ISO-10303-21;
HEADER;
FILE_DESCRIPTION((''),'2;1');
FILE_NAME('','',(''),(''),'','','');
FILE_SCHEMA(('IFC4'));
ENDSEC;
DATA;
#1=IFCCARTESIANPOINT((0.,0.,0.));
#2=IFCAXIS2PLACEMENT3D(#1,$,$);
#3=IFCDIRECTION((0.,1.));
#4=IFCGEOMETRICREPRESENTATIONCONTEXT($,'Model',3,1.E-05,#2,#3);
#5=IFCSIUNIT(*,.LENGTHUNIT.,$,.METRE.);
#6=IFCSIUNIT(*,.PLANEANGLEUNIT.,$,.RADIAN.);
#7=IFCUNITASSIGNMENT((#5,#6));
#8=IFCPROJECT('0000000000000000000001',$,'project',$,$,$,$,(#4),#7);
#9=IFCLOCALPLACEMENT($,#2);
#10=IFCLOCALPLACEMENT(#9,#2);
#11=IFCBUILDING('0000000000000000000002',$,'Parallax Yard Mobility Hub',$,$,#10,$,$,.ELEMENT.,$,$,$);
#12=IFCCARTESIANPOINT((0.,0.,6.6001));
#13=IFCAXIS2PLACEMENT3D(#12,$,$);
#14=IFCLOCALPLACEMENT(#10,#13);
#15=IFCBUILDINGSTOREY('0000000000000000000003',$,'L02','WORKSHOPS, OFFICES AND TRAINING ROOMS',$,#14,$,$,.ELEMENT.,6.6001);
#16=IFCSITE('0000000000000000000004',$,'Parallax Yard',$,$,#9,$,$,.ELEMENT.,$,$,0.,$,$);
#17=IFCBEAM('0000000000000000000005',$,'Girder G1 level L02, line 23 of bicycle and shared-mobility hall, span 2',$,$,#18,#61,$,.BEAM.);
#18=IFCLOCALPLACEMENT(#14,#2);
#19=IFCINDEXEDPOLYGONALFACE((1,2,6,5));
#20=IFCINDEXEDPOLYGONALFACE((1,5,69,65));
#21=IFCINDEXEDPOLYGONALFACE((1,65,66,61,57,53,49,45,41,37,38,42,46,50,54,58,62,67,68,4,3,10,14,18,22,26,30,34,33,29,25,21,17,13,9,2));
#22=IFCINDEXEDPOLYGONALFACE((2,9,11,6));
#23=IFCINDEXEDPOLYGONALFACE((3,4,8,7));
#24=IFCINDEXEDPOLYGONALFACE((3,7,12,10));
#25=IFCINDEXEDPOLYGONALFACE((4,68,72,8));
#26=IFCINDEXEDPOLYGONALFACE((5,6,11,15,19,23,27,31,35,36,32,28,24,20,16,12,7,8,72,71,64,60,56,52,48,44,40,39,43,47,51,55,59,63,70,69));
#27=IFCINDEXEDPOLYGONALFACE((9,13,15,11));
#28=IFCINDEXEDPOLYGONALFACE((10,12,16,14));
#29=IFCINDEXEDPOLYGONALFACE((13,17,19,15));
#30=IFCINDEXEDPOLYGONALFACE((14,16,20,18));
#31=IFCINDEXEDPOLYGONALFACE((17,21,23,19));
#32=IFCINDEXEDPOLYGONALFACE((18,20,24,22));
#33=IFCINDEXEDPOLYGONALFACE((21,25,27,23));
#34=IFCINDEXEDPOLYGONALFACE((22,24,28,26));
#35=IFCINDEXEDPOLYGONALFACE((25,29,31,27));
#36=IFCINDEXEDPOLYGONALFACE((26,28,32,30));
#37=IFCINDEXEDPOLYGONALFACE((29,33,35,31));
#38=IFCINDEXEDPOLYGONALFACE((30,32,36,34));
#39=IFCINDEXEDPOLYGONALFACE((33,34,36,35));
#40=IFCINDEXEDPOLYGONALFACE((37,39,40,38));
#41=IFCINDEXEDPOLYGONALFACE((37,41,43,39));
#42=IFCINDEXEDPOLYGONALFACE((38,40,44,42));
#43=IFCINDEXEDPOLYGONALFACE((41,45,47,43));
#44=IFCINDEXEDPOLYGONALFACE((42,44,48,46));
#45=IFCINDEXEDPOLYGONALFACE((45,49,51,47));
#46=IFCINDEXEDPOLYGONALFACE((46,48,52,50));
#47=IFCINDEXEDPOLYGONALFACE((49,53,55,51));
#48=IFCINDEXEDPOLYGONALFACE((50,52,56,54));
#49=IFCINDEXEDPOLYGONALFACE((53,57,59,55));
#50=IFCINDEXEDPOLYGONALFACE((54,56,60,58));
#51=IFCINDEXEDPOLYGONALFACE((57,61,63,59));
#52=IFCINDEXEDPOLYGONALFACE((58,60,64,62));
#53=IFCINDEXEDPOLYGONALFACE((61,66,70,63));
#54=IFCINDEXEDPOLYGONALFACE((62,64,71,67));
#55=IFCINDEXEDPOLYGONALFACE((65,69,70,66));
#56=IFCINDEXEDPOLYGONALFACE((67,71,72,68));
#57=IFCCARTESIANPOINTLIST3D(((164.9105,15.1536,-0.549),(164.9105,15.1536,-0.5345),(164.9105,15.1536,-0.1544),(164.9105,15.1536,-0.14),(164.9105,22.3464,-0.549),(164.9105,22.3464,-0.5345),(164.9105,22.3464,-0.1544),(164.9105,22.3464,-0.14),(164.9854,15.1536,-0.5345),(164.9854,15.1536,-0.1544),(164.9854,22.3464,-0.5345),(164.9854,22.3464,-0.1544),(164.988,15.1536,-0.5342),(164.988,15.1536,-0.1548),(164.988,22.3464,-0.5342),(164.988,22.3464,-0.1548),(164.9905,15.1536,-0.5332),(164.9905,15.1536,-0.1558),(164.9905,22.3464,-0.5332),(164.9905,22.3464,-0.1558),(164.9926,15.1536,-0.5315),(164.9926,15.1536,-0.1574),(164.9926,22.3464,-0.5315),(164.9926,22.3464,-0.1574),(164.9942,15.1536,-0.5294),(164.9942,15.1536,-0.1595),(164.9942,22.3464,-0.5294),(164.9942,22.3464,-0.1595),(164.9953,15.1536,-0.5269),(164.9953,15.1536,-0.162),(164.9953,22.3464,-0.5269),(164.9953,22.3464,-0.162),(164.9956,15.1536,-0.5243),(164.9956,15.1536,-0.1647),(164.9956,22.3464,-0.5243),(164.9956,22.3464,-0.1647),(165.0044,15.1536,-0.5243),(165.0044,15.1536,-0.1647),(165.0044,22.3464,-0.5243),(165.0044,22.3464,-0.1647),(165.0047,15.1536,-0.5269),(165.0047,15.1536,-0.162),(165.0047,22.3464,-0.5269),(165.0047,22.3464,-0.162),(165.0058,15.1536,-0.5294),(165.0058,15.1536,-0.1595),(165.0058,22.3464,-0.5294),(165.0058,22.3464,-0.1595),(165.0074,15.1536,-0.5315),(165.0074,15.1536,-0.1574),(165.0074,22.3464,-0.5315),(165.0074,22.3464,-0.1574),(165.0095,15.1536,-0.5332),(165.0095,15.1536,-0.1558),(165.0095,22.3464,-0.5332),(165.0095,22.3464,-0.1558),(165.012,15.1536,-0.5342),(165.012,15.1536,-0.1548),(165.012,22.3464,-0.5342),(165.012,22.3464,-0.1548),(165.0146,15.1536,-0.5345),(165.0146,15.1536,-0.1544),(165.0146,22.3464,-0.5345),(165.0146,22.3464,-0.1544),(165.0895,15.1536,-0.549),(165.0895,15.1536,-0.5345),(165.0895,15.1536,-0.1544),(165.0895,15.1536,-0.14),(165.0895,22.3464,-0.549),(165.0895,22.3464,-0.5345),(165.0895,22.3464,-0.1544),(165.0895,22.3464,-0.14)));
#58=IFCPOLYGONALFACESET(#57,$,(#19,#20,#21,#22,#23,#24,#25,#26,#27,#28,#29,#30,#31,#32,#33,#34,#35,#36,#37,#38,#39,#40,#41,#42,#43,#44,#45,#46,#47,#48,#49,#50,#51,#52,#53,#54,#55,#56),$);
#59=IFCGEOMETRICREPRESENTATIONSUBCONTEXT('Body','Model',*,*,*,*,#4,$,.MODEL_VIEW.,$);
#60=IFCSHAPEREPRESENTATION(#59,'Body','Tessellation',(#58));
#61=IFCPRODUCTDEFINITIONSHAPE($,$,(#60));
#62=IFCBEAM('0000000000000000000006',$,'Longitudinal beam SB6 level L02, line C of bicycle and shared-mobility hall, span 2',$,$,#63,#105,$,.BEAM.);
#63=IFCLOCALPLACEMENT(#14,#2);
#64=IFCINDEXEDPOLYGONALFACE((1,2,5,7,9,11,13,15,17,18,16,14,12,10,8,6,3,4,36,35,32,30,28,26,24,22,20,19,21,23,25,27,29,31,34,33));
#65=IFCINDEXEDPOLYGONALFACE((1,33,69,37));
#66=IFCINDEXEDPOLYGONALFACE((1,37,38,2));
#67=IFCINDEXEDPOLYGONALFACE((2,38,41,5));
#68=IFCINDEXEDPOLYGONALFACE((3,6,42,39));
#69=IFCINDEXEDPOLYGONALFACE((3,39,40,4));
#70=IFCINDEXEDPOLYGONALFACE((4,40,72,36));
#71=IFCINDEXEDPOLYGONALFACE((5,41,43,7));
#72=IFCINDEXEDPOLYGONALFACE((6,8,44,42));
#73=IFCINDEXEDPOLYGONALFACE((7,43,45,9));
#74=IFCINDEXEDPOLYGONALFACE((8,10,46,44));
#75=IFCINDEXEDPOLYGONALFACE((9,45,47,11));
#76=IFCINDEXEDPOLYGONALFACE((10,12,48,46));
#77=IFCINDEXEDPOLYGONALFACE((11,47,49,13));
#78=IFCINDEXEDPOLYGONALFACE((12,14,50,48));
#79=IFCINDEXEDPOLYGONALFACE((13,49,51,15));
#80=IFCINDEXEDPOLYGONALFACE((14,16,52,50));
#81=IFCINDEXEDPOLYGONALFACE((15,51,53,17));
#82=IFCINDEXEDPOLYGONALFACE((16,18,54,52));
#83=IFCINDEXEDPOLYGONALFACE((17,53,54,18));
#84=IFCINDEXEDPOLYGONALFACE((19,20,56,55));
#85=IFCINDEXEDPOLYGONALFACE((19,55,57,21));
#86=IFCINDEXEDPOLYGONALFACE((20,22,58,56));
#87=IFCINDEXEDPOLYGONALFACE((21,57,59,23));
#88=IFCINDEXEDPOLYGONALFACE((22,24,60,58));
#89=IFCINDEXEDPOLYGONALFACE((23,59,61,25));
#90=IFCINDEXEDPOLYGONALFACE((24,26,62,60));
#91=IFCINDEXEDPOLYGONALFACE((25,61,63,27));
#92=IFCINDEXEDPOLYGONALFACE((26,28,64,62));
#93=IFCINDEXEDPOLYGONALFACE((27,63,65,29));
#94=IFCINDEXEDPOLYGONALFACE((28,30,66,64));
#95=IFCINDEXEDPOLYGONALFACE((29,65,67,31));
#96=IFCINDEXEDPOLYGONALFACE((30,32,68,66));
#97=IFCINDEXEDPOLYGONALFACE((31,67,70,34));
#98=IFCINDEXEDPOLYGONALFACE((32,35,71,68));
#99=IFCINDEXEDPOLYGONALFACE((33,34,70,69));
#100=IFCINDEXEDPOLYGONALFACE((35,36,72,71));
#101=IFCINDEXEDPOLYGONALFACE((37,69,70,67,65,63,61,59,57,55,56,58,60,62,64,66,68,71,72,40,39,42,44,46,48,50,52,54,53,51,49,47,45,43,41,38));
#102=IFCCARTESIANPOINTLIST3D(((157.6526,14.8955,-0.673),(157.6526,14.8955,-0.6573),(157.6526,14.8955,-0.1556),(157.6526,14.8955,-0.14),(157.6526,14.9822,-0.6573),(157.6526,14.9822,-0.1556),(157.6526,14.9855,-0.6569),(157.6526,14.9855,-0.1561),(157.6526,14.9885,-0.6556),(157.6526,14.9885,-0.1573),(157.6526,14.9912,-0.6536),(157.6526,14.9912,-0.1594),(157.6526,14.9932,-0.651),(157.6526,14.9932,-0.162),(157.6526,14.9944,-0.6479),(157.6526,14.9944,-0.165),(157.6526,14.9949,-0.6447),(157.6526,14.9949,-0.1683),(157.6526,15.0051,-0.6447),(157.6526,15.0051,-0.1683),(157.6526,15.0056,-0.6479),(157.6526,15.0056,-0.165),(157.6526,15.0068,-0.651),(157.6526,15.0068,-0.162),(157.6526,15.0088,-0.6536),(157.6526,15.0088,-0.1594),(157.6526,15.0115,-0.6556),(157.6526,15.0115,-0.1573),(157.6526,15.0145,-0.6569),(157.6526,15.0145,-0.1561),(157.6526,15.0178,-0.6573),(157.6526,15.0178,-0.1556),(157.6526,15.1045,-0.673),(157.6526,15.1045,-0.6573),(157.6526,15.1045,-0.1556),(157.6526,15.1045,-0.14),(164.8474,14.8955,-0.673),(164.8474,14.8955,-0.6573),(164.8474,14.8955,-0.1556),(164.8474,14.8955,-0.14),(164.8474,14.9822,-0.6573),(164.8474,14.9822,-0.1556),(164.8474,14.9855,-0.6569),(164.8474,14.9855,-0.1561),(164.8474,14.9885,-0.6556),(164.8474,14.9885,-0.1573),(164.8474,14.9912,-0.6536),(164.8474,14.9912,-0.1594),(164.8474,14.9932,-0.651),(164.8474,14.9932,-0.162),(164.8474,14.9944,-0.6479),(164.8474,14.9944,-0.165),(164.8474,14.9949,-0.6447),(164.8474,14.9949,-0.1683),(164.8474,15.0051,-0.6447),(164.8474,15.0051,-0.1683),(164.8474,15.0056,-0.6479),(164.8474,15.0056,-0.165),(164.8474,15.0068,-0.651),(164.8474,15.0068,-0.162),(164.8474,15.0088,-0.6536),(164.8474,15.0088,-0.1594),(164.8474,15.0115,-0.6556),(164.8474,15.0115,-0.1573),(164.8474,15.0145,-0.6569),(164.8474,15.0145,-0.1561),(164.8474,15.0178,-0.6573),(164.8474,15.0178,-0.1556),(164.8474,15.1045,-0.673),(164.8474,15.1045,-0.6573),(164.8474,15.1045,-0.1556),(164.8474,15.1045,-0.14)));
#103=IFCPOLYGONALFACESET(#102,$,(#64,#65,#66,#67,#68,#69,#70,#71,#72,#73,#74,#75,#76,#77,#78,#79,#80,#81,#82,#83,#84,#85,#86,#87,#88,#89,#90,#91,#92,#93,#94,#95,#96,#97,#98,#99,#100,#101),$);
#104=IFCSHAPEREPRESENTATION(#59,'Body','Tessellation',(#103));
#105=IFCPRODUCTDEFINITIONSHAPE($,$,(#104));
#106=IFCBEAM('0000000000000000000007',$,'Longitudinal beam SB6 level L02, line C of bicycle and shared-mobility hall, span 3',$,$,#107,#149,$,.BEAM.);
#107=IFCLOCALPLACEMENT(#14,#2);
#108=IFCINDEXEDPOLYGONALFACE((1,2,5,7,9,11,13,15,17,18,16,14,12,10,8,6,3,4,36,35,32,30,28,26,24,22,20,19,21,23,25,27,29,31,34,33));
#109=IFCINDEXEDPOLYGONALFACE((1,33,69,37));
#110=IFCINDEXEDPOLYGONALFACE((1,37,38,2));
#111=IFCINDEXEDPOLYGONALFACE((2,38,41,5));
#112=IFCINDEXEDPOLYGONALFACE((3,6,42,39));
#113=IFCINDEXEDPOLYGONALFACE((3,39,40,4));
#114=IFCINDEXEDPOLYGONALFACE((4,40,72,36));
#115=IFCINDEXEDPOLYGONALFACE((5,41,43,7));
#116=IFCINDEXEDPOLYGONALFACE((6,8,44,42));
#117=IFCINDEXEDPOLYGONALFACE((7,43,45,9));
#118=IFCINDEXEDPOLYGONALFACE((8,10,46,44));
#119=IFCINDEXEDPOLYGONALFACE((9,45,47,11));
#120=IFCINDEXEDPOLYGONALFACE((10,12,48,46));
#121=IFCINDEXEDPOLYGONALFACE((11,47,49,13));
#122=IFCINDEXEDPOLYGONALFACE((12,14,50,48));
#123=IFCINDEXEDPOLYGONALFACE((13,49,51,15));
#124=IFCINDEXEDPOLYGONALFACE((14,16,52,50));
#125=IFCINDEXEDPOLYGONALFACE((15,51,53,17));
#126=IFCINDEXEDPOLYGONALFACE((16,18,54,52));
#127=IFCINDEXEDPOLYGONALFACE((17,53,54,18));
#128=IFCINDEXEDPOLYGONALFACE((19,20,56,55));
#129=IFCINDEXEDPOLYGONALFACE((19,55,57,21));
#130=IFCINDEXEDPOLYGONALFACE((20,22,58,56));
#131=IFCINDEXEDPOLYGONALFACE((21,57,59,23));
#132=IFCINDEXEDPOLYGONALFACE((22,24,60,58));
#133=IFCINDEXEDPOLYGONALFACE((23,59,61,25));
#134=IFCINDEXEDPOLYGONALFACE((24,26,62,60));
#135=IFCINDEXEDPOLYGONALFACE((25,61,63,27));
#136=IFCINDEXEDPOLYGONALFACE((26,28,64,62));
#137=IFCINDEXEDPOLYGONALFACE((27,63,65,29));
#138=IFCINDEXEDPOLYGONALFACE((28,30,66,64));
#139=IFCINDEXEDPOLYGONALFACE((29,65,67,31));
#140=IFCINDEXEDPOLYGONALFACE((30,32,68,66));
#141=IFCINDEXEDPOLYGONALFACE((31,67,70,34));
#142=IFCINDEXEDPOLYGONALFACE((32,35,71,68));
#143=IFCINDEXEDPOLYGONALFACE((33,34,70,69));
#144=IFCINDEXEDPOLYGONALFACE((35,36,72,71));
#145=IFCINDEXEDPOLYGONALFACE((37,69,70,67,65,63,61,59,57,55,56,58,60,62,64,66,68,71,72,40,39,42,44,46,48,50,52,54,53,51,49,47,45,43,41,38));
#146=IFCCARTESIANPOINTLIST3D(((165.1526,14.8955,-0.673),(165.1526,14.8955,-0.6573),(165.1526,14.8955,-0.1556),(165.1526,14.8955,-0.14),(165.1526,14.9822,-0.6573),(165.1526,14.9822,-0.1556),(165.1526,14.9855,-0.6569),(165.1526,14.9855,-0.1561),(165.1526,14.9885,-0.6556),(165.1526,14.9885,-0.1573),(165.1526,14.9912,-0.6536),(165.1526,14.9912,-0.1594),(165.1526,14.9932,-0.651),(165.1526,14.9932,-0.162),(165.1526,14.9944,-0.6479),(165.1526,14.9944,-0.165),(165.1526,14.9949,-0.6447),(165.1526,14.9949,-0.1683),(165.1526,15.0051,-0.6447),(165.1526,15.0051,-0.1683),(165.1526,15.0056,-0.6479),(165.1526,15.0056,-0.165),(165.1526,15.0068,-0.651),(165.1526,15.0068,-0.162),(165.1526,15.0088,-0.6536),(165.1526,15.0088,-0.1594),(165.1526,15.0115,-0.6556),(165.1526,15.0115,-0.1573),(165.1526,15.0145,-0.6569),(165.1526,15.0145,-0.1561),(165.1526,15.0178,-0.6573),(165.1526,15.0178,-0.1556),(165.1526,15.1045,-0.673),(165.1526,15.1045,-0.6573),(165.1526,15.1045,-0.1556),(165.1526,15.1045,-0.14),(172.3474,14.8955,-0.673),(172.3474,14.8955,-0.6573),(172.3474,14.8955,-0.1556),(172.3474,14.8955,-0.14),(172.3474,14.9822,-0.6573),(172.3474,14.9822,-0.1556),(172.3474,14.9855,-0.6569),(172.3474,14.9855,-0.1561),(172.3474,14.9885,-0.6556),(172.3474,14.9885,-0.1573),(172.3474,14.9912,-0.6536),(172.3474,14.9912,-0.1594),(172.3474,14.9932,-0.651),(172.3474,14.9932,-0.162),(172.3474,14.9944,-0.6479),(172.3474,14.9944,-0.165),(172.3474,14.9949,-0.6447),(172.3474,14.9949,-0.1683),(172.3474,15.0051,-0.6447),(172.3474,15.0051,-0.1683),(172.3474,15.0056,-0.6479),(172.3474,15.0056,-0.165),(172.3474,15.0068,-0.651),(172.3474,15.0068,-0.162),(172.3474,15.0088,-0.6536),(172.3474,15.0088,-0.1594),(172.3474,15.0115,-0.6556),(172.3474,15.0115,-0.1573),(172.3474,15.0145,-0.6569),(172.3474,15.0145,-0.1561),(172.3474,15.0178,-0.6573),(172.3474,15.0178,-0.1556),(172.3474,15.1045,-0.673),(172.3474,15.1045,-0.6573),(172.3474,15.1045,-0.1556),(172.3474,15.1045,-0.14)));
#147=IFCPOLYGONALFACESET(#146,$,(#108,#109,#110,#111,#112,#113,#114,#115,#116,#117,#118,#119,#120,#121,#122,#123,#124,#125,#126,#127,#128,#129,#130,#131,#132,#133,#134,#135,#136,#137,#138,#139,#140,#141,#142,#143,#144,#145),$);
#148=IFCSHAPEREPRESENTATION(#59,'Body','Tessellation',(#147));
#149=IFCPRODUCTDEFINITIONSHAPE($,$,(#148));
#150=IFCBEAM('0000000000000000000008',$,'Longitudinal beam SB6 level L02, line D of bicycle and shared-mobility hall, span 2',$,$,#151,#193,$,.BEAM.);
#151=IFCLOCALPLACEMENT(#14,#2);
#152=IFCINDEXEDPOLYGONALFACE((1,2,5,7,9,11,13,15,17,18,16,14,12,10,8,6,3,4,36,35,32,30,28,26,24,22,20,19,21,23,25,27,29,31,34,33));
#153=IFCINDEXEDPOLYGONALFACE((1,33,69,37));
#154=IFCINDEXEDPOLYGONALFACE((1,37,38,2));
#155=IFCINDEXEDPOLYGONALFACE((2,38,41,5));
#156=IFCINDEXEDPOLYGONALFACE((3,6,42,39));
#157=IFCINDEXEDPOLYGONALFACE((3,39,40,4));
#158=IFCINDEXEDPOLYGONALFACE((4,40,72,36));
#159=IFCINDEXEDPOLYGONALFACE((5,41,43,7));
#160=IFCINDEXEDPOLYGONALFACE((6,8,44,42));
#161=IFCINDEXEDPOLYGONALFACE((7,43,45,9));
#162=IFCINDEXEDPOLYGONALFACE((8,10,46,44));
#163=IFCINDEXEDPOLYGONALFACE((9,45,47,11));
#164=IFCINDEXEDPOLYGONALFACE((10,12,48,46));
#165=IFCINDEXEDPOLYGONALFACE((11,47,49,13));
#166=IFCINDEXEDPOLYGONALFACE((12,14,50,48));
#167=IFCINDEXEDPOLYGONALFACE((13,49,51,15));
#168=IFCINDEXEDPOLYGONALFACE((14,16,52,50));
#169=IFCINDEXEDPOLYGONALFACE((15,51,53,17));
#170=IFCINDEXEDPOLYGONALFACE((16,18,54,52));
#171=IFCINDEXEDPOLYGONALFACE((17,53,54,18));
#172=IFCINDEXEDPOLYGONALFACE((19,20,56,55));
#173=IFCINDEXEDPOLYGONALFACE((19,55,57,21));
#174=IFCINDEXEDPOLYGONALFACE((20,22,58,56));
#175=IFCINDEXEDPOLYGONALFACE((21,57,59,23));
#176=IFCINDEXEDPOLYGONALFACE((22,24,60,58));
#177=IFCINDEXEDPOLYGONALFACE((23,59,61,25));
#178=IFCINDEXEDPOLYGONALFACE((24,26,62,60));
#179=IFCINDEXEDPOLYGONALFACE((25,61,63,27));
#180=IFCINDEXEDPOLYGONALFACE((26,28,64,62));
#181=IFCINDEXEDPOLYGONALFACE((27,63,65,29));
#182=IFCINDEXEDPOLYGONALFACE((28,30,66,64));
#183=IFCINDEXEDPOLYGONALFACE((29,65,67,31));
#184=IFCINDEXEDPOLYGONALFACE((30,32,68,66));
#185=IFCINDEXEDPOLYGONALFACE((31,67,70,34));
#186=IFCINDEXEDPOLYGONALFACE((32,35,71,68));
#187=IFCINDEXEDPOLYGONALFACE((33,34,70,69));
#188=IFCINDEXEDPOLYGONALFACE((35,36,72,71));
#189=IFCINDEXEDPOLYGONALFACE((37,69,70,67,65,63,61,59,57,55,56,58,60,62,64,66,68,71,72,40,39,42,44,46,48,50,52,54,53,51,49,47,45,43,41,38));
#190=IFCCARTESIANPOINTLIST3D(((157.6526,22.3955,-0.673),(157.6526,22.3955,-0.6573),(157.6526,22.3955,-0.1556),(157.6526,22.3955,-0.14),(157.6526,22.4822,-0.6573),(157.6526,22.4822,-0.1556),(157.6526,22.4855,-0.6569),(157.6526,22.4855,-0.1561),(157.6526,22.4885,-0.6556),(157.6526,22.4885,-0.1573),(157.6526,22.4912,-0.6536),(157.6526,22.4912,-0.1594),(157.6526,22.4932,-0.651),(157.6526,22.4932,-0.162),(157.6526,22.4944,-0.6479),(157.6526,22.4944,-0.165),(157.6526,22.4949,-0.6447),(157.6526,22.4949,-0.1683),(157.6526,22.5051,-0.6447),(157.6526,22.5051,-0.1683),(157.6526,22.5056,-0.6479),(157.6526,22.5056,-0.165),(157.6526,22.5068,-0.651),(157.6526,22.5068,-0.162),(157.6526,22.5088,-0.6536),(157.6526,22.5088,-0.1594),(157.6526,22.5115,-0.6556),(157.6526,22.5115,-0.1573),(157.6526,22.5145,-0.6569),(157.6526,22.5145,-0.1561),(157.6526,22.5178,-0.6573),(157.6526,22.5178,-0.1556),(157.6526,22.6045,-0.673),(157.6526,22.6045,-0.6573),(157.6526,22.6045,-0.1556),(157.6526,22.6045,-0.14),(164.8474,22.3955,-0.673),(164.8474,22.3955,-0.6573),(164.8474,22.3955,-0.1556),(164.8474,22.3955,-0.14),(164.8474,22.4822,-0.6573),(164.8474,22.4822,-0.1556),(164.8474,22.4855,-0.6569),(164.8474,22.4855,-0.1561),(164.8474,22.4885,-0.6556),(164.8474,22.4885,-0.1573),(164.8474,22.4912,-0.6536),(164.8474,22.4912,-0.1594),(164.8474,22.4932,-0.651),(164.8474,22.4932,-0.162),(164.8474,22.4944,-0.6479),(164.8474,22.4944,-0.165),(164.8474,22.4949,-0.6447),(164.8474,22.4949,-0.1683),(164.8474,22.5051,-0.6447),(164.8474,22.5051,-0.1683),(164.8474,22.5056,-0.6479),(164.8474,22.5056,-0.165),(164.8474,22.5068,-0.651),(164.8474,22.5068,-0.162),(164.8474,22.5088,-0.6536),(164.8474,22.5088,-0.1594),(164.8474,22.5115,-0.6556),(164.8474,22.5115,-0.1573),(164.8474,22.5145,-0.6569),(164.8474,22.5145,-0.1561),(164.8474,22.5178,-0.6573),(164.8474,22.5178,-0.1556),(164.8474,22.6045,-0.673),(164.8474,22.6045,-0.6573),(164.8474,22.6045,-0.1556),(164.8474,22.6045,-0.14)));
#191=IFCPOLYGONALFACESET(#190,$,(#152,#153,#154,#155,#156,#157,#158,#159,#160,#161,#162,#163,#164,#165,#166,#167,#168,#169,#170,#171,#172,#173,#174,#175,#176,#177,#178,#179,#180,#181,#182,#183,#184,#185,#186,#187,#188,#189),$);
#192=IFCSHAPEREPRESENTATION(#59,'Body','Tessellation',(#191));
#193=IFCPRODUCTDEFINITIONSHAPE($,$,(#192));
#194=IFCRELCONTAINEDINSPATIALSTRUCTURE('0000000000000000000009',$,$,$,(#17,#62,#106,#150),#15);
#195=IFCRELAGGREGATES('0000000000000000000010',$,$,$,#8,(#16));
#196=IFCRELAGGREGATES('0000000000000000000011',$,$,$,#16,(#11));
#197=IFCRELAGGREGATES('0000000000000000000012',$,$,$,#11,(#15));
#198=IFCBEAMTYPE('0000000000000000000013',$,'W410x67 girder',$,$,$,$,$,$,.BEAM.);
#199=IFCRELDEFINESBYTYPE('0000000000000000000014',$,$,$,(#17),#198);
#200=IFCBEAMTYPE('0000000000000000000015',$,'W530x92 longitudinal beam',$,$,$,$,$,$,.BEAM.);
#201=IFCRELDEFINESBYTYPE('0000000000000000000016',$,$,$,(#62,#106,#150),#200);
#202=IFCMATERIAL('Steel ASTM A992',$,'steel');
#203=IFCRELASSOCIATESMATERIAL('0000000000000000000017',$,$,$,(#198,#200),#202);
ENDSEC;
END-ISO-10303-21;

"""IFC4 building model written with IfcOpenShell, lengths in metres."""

from ifc_helpers import new_model, si_unit, direction, frame, origin, origin_2d, place, context, subcontext, project, spatial, i_section, extrude, material, material_profile, profile_set, type_object, element, save


model = new_model("IFC4")

# Units and contexts
model_context = context("Model", 3, precision=1e-05, world=origin(), true_north=direction((0.0, 1.0)))
body_context = subcontext(model_context, "Body", "Model", "MODEL_VIEW")
ifc_project = project(units=[si_unit("LENGTHUNIT", "METRE"), si_unit("PLANEANGLEUNIT", "RADIAN")], contexts=[model_context])

# Site, building, storey
site_placement = place(None, origin())
site = spatial("IfcSite", under=ifc_project, at=site_placement, Name="Parallax Yard", CompositionType="ELEMENT", RefElevation=0.0)
building_placement = place(site_placement, origin())
building = spatial("IfcBuilding", under=site, at=building_placement, Name="Parallax Yard Mobility Hub", CompositionType="ELEMENT")
storey_placement = place(building_placement, frame((0.0, 0.0, 6.6001)))
storey = spatial("IfcBuildingStorey", under=building, at=storey_placement, Name="L02", Description="WORKSHOPS, OFFICES AND TRAINING ROOMS", CompositionType="ELEMENT", Elevation=6.6001)

# Shared definitions
ifc_material_1 = material(Name="Steel ASTM A992", Category="steel")

# Beams
ifc_material_profile_1 = material_profile(ifc_material_1, i_section(OverallWidth=0.179, OverallDepth=0.4089, WebThickness=0.0088, FlangeThickness=0.0144, FilletRadius=0.0103, at=origin_2d()), Name="W410x67")
ifc_profile_set_1 = profile_set([ifc_material_profile_1], Name="Steel ASTM A992")
beam_type_1 = type_object("IfcBeamType", Name="W410x67 girder", PredefinedType="BEAM", material=ifc_profile_set_1)
for number, where, z_axis, x_axis, name in (
    (1, (165.0, 15.1536, -0.3445), (0.0, 1.0, 0.0), (-1.0, 0.0, 0.0), "Girder G1 level L02, line 23 of bicycle and shared-mobility hall, span 2"),
):
    element("IfcBeam", number, at=place(storey_placement, frame(where, z_axis=z_axis, x_axis=x_axis)), inside=storey, type_object=beam_type_1, Name=name, PredefinedType="BEAM", context=body_context, shape_type="SweptSolid", body=[
        extrude(i_section(OverallWidth=0.179, OverallDepth=0.4089, WebThickness=0.0088, FlangeThickness=0.0144, FilletRadius=0.0103, at=origin_2d()), origin(), (0.0, 0.0, 1.0), 7.1929),
    ])
ifc_material_profile_2 = material_profile(ifc_material_1, i_section(OverallWidth=0.209, OverallDepth=0.533, WebThickness=0.0103, FlangeThickness=0.0156, FilletRadius=0.0127, at=origin_2d()), Name="W530x92")
ifc_profile_set_2 = profile_set([ifc_material_profile_2], Name="Steel ASTM A992")
beam_type_2 = type_object("IfcBeamType", Name="W530x92 longitudinal beam", PredefinedType="BEAM", material=ifc_profile_set_2)
for number, where, z_axis, x_axis, name in (
    (2, (157.6526, 15.0, -0.4065), (1.0, 0.0, 0.0), (0.0, 1.0, 0.0), "Longitudinal beam SB6 level L02, line C of bicycle and shared-mobility hall, span 2"),
    (3, (165.1526, 15.0, -0.4065), (1.0, 0.0, 0.0), (0.0, 1.0, 0.0), "Longitudinal beam SB6 level L02, line C of bicycle and shared-mobility hall, span 3"),
    (4, (157.6526, 22.5, -0.4065), (1.0, 0.0, 0.0), (0.0, 1.0, 0.0), "Longitudinal beam SB6 level L02, line D of bicycle and shared-mobility hall, span 2"),
):
    element("IfcBeam", number, at=place(storey_placement, frame(where, z_axis=z_axis, x_axis=x_axis)), inside=storey, type_object=beam_type_2, Name=name, PredefinedType="BEAM", context=body_context, shape_type="SweptSolid", body=[
        extrude(i_section(OverallWidth=0.209, OverallDepth=0.533, WebThickness=0.0103, FlangeThickness=0.0156, FilletRadius=0.0127, at=origin_2d()), origin(), (0.0, 0.0, 1.0), 7.1948),
    ])

save(model, "model.ifc")
